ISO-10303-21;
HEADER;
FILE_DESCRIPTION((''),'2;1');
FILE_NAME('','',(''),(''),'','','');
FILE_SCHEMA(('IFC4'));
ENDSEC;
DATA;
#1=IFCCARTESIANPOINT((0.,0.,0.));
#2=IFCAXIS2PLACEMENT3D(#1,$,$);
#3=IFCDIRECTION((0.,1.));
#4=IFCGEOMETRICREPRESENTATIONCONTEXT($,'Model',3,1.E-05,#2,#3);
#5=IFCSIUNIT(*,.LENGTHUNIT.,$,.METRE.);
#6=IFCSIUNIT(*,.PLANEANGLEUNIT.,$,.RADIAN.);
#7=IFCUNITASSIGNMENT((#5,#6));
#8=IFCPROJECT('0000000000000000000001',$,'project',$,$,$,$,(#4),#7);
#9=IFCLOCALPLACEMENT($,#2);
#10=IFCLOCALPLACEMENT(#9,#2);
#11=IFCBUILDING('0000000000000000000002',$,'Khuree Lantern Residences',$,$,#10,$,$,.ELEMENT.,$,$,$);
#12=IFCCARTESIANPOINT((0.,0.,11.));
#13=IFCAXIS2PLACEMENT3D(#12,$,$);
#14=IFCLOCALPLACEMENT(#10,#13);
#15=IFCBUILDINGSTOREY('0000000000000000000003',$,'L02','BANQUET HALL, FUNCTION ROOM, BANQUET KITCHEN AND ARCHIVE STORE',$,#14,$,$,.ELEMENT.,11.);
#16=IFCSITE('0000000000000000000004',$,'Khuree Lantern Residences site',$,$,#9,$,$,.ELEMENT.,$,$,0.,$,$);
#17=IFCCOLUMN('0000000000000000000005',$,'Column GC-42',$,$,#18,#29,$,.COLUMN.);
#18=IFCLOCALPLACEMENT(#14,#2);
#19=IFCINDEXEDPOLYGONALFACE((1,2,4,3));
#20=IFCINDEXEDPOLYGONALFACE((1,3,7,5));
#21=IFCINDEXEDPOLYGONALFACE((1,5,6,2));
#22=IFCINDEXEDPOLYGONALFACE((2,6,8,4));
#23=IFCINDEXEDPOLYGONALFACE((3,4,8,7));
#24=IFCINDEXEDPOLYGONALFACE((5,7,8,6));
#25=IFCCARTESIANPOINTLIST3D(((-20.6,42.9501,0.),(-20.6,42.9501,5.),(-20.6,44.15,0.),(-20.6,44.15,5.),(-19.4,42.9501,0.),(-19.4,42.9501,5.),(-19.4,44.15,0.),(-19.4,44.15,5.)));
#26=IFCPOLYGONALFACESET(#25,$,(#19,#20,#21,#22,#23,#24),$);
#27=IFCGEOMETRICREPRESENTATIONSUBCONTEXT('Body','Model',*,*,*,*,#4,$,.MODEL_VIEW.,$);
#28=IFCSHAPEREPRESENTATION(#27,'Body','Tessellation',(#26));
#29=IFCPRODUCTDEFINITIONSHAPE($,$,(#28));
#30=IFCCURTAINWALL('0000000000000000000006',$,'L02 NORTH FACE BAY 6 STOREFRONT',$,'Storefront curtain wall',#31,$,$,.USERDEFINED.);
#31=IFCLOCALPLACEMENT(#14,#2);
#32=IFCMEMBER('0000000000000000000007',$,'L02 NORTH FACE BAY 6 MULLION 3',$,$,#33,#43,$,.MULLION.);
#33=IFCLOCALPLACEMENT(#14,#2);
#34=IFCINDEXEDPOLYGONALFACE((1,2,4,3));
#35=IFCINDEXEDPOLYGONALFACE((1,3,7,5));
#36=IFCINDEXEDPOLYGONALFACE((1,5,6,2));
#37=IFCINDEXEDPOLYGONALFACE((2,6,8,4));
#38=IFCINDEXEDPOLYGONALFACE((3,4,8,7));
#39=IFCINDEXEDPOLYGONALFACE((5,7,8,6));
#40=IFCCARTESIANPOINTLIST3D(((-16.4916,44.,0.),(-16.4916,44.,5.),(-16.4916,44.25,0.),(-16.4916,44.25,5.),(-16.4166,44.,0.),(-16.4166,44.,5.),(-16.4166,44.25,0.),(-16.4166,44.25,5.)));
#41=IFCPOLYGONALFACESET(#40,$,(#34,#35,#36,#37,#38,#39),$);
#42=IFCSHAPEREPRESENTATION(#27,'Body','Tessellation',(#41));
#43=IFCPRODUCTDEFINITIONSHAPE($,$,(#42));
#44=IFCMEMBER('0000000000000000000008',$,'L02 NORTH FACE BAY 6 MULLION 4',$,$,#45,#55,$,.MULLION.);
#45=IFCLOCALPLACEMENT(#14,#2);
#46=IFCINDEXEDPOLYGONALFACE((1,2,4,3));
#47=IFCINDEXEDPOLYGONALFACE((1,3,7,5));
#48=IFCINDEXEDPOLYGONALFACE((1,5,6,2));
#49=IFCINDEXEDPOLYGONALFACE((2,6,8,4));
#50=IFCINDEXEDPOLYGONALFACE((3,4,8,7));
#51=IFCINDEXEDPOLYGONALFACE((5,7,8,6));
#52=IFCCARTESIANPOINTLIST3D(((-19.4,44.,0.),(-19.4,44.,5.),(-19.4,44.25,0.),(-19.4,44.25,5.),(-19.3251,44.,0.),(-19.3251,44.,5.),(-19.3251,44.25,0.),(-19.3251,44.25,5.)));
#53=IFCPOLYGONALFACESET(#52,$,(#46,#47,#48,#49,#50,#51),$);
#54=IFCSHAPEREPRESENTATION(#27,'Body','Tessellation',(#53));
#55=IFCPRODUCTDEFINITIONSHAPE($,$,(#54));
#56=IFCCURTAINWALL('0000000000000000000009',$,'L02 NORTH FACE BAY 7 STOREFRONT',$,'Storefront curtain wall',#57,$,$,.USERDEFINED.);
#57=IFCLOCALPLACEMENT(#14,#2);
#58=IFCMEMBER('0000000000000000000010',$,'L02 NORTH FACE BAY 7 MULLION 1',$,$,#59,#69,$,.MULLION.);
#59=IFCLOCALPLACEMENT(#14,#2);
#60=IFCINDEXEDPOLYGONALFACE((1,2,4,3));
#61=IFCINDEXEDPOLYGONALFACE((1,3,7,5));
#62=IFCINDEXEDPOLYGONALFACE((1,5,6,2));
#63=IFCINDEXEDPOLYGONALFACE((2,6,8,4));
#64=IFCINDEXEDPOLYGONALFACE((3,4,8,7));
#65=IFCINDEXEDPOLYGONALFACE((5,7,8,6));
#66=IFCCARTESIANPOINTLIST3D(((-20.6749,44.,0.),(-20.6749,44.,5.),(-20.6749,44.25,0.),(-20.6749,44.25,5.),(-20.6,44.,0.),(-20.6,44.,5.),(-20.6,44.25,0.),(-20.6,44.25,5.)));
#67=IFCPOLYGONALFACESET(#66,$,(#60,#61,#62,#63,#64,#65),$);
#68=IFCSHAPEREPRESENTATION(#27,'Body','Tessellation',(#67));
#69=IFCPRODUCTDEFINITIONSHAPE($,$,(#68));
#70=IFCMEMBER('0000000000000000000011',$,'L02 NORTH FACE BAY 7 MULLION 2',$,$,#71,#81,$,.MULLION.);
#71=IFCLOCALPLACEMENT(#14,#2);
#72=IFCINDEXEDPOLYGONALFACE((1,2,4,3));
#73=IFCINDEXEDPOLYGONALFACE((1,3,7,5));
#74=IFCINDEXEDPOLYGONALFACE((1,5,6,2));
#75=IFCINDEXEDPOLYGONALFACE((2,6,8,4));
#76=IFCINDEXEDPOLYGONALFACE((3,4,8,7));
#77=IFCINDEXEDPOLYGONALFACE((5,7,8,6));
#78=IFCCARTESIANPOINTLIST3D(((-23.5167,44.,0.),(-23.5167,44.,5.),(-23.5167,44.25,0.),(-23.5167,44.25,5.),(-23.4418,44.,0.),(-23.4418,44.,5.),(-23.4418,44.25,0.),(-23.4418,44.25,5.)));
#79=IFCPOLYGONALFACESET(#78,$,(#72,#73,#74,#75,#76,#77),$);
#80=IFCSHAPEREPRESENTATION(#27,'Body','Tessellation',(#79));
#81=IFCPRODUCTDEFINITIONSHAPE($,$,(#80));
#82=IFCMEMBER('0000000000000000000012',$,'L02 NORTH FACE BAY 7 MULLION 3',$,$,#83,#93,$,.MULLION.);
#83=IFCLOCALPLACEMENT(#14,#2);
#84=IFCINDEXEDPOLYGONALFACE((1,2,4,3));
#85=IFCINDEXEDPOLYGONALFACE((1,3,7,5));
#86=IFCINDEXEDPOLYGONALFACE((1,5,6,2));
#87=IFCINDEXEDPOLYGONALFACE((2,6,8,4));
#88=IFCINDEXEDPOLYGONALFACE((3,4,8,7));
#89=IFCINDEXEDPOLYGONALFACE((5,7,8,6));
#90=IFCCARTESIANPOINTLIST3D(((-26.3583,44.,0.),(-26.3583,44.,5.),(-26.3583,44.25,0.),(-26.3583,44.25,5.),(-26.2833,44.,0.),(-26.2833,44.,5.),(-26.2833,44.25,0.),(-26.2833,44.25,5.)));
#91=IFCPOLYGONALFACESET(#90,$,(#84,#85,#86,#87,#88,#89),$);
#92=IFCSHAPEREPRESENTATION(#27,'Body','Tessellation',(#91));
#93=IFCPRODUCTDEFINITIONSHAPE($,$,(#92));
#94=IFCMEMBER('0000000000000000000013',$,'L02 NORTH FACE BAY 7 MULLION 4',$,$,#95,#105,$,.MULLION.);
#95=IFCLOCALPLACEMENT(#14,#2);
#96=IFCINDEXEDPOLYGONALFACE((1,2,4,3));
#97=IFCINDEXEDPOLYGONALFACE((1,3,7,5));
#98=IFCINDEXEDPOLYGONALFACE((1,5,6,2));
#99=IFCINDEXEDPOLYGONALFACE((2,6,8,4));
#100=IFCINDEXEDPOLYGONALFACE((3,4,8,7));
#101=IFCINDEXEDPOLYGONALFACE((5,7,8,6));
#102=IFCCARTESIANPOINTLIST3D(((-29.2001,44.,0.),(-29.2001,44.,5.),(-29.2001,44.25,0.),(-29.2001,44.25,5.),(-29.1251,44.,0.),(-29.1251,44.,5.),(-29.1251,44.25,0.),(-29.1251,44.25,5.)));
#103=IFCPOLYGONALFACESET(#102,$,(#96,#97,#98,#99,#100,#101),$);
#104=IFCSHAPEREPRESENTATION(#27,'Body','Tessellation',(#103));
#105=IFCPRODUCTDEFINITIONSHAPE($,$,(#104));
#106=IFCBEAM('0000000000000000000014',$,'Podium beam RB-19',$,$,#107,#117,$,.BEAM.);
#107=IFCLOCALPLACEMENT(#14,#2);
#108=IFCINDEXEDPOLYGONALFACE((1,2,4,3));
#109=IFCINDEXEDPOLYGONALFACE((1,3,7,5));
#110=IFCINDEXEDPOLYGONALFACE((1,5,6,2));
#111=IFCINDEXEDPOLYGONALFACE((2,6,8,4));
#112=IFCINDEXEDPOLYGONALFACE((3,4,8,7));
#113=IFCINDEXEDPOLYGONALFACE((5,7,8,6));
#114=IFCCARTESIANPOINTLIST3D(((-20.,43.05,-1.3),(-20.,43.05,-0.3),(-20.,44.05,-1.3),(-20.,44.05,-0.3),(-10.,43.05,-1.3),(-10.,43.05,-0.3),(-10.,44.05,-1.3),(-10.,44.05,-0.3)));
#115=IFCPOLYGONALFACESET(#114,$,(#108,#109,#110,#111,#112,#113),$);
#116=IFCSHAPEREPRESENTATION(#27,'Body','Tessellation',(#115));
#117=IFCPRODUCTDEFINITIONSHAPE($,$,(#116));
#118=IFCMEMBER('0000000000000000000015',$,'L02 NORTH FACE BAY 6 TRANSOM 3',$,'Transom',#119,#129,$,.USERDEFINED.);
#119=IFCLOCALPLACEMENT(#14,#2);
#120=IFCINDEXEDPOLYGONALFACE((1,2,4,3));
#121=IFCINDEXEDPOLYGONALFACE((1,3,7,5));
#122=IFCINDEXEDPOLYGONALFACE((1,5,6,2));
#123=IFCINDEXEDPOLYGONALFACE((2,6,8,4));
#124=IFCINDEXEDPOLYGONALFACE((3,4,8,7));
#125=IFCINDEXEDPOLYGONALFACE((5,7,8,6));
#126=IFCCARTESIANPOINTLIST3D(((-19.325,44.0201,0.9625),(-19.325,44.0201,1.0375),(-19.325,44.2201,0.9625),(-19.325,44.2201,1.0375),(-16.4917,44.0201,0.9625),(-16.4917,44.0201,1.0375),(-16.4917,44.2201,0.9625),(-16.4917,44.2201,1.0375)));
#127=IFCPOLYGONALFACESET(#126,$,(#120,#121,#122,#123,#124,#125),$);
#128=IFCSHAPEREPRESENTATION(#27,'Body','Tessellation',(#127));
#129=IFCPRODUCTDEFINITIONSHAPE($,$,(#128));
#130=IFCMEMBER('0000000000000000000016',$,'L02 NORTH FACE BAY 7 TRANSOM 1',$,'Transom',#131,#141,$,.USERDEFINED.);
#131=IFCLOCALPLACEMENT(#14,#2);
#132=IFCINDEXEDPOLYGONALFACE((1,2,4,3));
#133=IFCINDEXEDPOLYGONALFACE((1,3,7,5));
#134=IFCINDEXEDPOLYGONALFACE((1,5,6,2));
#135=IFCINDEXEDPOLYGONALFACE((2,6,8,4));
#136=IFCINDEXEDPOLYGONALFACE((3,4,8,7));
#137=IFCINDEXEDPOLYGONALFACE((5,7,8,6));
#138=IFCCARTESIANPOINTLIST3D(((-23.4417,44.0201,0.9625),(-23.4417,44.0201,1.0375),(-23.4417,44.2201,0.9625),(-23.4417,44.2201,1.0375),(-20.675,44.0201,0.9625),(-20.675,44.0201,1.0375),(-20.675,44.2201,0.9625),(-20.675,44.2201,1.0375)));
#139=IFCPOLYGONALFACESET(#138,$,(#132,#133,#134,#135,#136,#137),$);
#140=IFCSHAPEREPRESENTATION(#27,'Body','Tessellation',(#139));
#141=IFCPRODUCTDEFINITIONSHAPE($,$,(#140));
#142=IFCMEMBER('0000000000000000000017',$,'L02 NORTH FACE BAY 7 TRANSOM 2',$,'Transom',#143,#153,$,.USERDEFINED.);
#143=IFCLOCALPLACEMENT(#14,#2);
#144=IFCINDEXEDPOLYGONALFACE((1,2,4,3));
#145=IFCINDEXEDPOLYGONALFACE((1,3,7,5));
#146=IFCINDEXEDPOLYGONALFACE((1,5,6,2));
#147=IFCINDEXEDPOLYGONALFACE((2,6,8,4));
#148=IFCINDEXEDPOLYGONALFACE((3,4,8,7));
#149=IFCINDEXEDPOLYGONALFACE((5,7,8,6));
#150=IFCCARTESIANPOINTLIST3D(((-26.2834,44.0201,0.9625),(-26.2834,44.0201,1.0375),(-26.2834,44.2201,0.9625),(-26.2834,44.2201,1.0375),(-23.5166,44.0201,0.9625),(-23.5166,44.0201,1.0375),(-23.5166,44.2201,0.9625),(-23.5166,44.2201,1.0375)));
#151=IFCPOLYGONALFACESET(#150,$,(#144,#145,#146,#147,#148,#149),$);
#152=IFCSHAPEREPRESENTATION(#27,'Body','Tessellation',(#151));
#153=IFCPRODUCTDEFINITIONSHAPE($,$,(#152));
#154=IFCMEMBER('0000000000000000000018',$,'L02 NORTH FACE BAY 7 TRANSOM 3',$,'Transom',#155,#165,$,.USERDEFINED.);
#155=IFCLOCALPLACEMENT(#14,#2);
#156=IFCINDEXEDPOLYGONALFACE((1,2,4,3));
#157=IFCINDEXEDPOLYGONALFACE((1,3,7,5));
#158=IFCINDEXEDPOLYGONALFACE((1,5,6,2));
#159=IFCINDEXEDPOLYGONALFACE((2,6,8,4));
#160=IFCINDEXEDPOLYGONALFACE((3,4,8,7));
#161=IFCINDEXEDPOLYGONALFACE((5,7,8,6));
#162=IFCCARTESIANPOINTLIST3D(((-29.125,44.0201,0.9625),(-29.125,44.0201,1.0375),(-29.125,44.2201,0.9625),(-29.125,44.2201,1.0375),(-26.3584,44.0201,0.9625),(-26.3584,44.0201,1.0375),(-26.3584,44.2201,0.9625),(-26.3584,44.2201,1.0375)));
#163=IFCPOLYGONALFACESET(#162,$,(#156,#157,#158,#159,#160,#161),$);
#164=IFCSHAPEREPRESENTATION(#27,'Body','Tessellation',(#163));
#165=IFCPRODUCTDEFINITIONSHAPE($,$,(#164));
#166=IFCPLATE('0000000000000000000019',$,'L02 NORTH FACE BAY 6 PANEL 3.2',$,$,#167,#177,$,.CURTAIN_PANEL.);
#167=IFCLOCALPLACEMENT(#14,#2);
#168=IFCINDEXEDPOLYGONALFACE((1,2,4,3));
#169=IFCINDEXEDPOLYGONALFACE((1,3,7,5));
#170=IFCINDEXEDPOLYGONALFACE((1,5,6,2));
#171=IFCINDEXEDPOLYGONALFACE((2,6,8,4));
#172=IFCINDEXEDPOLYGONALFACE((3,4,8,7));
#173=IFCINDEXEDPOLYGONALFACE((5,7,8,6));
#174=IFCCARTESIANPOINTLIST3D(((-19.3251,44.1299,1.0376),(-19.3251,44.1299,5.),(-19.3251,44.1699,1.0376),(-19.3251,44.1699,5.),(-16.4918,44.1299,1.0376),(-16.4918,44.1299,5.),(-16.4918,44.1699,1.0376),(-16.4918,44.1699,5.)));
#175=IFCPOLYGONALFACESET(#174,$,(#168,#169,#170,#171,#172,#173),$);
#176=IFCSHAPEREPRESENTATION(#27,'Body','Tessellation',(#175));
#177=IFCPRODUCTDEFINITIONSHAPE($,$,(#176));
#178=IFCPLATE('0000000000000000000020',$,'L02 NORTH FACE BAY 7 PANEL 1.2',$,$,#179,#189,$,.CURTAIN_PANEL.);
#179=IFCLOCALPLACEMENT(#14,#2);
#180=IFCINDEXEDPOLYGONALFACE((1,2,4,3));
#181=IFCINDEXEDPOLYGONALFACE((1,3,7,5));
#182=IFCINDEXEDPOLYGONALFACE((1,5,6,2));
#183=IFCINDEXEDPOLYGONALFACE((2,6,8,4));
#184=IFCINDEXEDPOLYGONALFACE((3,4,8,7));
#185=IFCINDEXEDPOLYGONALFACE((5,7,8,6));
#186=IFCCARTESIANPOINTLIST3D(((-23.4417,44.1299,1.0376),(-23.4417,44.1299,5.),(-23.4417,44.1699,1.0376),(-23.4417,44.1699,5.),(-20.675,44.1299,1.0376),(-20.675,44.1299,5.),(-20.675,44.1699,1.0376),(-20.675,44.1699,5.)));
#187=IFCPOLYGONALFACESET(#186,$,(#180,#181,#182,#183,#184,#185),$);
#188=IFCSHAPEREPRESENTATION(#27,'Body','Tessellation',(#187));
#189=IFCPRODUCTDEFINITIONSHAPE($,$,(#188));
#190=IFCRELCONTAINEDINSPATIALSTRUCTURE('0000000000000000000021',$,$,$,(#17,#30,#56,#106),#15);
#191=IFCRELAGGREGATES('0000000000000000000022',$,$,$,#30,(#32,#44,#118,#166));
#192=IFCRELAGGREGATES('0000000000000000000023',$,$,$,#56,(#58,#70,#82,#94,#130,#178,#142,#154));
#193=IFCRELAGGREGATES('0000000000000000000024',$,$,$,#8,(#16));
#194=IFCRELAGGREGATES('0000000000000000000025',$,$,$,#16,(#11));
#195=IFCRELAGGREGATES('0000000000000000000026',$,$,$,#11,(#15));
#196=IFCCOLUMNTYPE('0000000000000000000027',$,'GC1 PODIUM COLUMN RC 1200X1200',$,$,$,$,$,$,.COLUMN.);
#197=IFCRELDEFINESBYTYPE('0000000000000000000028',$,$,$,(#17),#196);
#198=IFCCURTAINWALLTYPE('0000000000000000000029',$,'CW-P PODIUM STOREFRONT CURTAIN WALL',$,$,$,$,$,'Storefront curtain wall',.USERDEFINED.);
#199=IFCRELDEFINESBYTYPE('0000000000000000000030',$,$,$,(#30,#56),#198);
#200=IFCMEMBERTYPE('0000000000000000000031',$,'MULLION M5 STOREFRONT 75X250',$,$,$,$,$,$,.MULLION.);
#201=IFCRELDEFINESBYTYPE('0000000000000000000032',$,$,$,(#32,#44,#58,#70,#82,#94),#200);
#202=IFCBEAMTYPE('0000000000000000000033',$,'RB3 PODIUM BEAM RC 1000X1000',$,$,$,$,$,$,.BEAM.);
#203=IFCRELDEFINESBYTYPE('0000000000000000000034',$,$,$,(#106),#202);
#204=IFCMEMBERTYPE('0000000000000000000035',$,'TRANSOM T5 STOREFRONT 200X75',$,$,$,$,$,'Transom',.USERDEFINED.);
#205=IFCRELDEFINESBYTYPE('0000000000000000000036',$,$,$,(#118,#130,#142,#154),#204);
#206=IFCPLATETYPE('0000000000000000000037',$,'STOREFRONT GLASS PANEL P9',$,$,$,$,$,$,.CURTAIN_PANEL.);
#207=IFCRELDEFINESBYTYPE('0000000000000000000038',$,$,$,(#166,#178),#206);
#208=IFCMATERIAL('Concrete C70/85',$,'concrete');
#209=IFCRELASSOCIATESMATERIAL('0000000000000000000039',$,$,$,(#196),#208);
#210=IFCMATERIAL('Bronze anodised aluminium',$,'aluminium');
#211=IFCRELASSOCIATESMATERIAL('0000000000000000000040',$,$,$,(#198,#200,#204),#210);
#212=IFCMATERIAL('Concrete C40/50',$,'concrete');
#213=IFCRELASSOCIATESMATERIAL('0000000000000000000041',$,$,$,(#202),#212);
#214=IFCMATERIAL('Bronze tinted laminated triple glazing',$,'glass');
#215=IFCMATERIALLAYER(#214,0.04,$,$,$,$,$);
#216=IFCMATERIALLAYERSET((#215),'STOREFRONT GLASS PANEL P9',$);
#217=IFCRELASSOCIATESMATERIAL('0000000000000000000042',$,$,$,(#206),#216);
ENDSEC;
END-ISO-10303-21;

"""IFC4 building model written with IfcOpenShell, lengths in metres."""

from ifc_helpers import new_model, si_unit, direction, frame, origin, origin_2d, place, context, subcontext, project, spatial, rectangle, extrude, material, layer, layer_set, material_profile, profile_set, type_object, element, aggregate, save


model = new_model("IFC4")

# Units and contexts
model_context = context("Model", 3, precision=1e-05, world=origin(), true_north=direction((0.0, 1.0)))
body_context = subcontext(model_context, "Body", "Model", "MODEL_VIEW")
ifc_project = project(units=[si_unit("LENGTHUNIT", "METRE"), si_unit("PLANEANGLEUNIT", "RADIAN")], contexts=[model_context])

# Site, building, storey
site_placement = place(None, origin())
site = spatial("IfcSite", under=ifc_project, at=site_placement, Name="Khuree Lantern Residences site", CompositionType="ELEMENT", RefElevation=0.0)
building_placement = place(site_placement, origin())
building = spatial("IfcBuilding", under=site, at=building_placement, Name="Khuree Lantern Residences", CompositionType="ELEMENT")
storey_placement = place(building_placement, frame((0.0, 0.0, 11.0)))
storey = spatial("IfcBuildingStorey", under=building, at=storey_placement, Name="L02", Description="BANQUET HALL, FUNCTION ROOM, BANQUET KITCHEN AND ARCHIVE STORE", CompositionType="ELEMENT", Elevation=11.0)

# Column
ifc_material_1 = material(Name="Concrete C70/85", Category="concrete")
ifc_material_profile_1 = material_profile(ifc_material_1, rectangle(XDim=1.2, YDim=1.2, at=origin_2d()), Name="RC 1200X1200")
ifc_profile_set_1 = profile_set([ifc_material_profile_1], Name="Concrete C70/85")
column_type = type_object("IfcColumnType", Name="GC1 PODIUM COLUMN RC 1200X1200", PredefinedType="COLUMN", material=ifc_profile_set_1)
column_placement = place(storey_placement, frame((-20.0, 43.55, 0.0), z_axis=(0.0, 0.0, 1.0), x_axis=(1.0, 0.0, 0.0)))
element("IfcColumn", 1, at=column_placement, inside=storey, type_object=column_type, Name="Column GC-42", PredefinedType="COLUMN", context=body_context, shape_type="SweptSolid", body=[
    extrude(rectangle(XDim=1.2, YDim=1.2, at=origin_2d()), origin(), (0.0, 0.0, 1.0), 5.0),
])

# Curtain walls, members
ifc_material_2 = material(Name="Bronze anodised aluminium", Category="aluminium")
curtain_wall_type = type_object("IfcCurtainWallType", Name="CW-P PODIUM STOREFRONT CURTAIN WALL", ElementType="Storefront curtain wall", PredefinedType="USERDEFINED", material=ifc_material_2)
curtain_wall_1_placement = place(storey_placement, origin())
curtain_wall_1 = element("IfcCurtainWall", 2, at=curtain_wall_1_placement, inside=storey, type_object=curtain_wall_type, Name="L02 NORTH FACE BAY 6 STOREFRONT", ObjectType="Storefront curtain wall", PredefinedType="USERDEFINED")
ifc_material_profile_2 = material_profile(ifc_material_2, rectangle(XDim=0.075, YDim=0.25, at=origin_2d()), Name="M5 75X250")
ifc_profile_set_2 = profile_set([ifc_material_profile_2], Name="Bronze anodised aluminium")
member_type_1 = type_object("IfcMemberType", Name="MULLION M5 STOREFRONT 75X250", PredefinedType="MULLION", material=ifc_profile_set_2)
member_1_placement = place(storey_placement, frame((-16.4541, 44.125, 0.0), z_axis=(0.0, 0.0, 1.0), x_axis=(-1.0, 0.0, 0.0)))
member_1 = element("IfcMember", 3, at=member_1_placement, type_object=member_type_1, Name="L02 NORTH FACE BAY 6 MULLION 3", PredefinedType="MULLION", context=body_context, shape_type="SweptSolid", body=[
    extrude(rectangle(XDim=0.075, YDim=0.25, at=origin_2d()), origin(), (0.0, 0.0, 1.0), 5.0),
])
member_2_placement = place(storey_placement, frame((-19.3625, 44.125, 0.0), z_axis=(0.0, 0.0, 1.0), x_axis=(-1.0, 0.0, 0.0)))
member_2 = element("IfcMember", 4, at=member_2_placement, type_object=member_type_1, Name="L02 NORTH FACE BAY 6 MULLION 4", PredefinedType="MULLION", context=body_context, shape_type="SweptSolid", body=[
    extrude(rectangle(XDim=0.075, YDim=0.25, at=origin_2d()), origin(), (0.0, 0.0, 1.0), 5.0),
])
curtain_wall_2_placement = place(storey_placement, origin())
curtain_wall_2 = element("IfcCurtainWall", 5, at=curtain_wall_2_placement, inside=storey, type_object=curtain_wall_type, Name="L02 NORTH FACE BAY 7 STOREFRONT", ObjectType="Storefront curtain wall", PredefinedType="USERDEFINED")
member_3_placement = place(storey_placement, frame((-20.6375, 44.125, 0.0), z_axis=(0.0, 0.0, 1.0), x_axis=(-1.0, 0.0, 0.0)))
member_3 = element("IfcMember", 6, at=member_3_placement, type_object=member_type_1, Name="L02 NORTH FACE BAY 7 MULLION 1", PredefinedType="MULLION", context=body_context, shape_type="SweptSolid", body=[
    extrude(rectangle(XDim=0.075, YDim=0.25, at=origin_2d()), origin(), (0.0, 0.0, 1.0), 5.0),
])
member_4_placement = place(storey_placement, frame((-23.4792, 44.125, 0.0), z_axis=(0.0, 0.0, 1.0), x_axis=(-1.0, 0.0, 0.0)))
member_4 = element("IfcMember", 7, at=member_4_placement, type_object=member_type_1, Name="L02 NORTH FACE BAY 7 MULLION 2", PredefinedType="MULLION", context=body_context, shape_type="SweptSolid", body=[
    extrude(rectangle(XDim=0.075, YDim=0.25, at=origin_2d()), origin(), (0.0, 0.0, 1.0), 5.0),
])
member_5_placement = place(storey_placement, frame((-26.3208, 44.125, 0.0), z_axis=(0.0, 0.0, 1.0), x_axis=(-1.0, 0.0, 0.0)))
member_5 = element("IfcMember", 8, at=member_5_placement, type_object=member_type_1, Name="L02 NORTH FACE BAY 7 MULLION 3", PredefinedType="MULLION", context=body_context, shape_type="SweptSolid", body=[
    extrude(rectangle(XDim=0.075, YDim=0.25, at=origin_2d()), origin(), (0.0, 0.0, 1.0), 5.0),
])
member_6_placement = place(storey_placement, frame((-29.1626, 44.125, 0.0), z_axis=(0.0, 0.0, 1.0), x_axis=(-1.0, 0.0, 0.0)))
member_6 = element("IfcMember", 9, at=member_6_placement, type_object=member_type_1, Name="L02 NORTH FACE BAY 7 MULLION 4", PredefinedType="MULLION", context=body_context, shape_type="SweptSolid", body=[
    extrude(rectangle(XDim=0.075, YDim=0.25, at=origin_2d()), origin(), (0.0, 0.0, 1.0), 5.0),
])

# Beam
ifc_material_3 = material(Name="Concrete C40/50", Category="concrete")
ifc_material_profile_3 = material_profile(ifc_material_3, rectangle(XDim=1.0, YDim=1.0, at=origin_2d()), Name="RC 1000X1000")
ifc_profile_set_3 = profile_set([ifc_material_profile_3], Name="Concrete C40/50")
beam_type = type_object("IfcBeamType", Name="RB3 PODIUM BEAM RC 1000X1000", PredefinedType="BEAM", material=ifc_profile_set_3)
beam_placement = place(storey_placement, frame((-20.0, 43.55, -0.8), z_axis=(1.0, 0.0, 0.0), x_axis=(0.0, 1.0, 0.0)))
element("IfcBeam", 10, at=beam_placement, inside=storey, type_object=beam_type, Name="Podium beam RB-19", PredefinedType="BEAM", context=body_context, shape_type="SweptSolid", body=[
    extrude(rectangle(XDim=1.0, YDim=1.0, at=origin_2d()), origin(), (0.0, 0.0, 1.0), 10.0),
])

# Members
ifc_material_profile_4 = material_profile(ifc_material_2, rectangle(XDim=0.2, YDim=0.075, at=origin_2d()), Name="T5 200X75")
ifc_profile_set_4 = profile_set([ifc_material_profile_4], Name="Bronze anodised aluminium")
member_type_2 = type_object("IfcMemberType", Name="TRANSOM T5 STOREFRONT 200X75", ElementType="Transom", PredefinedType="USERDEFINED", material=ifc_profile_set_4)
member_7_placement = place(storey_placement, frame((-16.4917, 44.1201, 1.0), z_axis=(-1.0, 0.0, 0.0), x_axis=(0.0, -1.0, 0.0)))
member_7 = element("IfcMember", 11, at=member_7_placement, type_object=member_type_2, Name="L02 NORTH FACE BAY 6 TRANSOM 3", ObjectType="Transom", PredefinedType="USERDEFINED", context=body_context, shape_type="SweptSolid", body=[
    extrude(rectangle(XDim=0.2, YDim=0.075, at=origin_2d()), origin(), (0.0, 0.0, 1.0), 2.8333),
])
member_8_placement = place(storey_placement, frame((-20.675, 44.1201, 1.0), z_axis=(-1.0, 0.0, 0.0), x_axis=(0.0, -1.0, 0.0)))
member_8 = element("IfcMember", 12, at=member_8_placement, type_object=member_type_2, Name="L02 NORTH FACE BAY 7 TRANSOM 1", ObjectType="Transom", PredefinedType="USERDEFINED", context=body_context, shape_type="SweptSolid", body=[
    extrude(rectangle(XDim=0.2, YDim=0.075, at=origin_2d()), origin(), (0.0, 0.0, 1.0), 2.7666),
])
member_9_placement = place(storey_placement, frame((-23.5166, 44.1201, 1.0), z_axis=(-1.0, 0.0, 0.0), x_axis=(0.0, -1.0, 0.0)))
member_9 = element("IfcMember", 13, at=member_9_placement, type_object=member_type_2, Name="L02 NORTH FACE BAY 7 TRANSOM 2", ObjectType="Transom", PredefinedType="USERDEFINED", context=body_context, shape_type="SweptSolid", body=[
    extrude(rectangle(XDim=0.2, YDim=0.075, at=origin_2d()), origin(), (0.0, 0.0, 1.0), 2.7668),
])
member_10_placement = place(storey_placement, frame((-26.3584, 44.1201, 1.0), z_axis=(-1.0, 0.0, 0.0), x_axis=(0.0, -1.0, 0.0)))
member_10 = element("IfcMember", 14, at=member_10_placement, type_object=member_type_2, Name="L02 NORTH FACE BAY 7 TRANSOM 3", ObjectType="Transom", PredefinedType="USERDEFINED", context=body_context, shape_type="SweptSolid", body=[
    extrude(rectangle(XDim=0.2, YDim=0.075, at=origin_2d()), origin(), (0.0, 0.0, 1.0), 2.7666),
])

# Plates
ifc_material_4 = material(Name="Bronze tinted laminated triple glazing", Category="glass")
ifc_layer_1 = layer(ifc_material_4, 0.04)
ifc_layer_set_1 = layer_set([ifc_layer_1], Name="STOREFRONT GLASS PANEL P9")
plate_type_1 = type_object("IfcPlateType", Name="STOREFRONT GLASS PANEL P9", PredefinedType="CURTAIN_PANEL", material=ifc_layer_set_1)
plate_1_placement = place(storey_placement, frame((-17.9084, 44.1499, 1.0376), z_axis=(0.0, 0.0, 1.0), x_axis=(-1.0, 0.0, 0.0)))
plate_1 = element("IfcPlate", 15, at=plate_1_placement, type_object=plate_type_1, Name="L02 NORTH FACE BAY 6 PANEL 3.2", PredefinedType="CURTAIN_PANEL", context=body_context, shape_type="SweptSolid", body=[
    extrude(rectangle(XDim=2.8333, YDim=0.04, at=origin_2d()), origin(), (0.0, 0.0, 1.0), 3.9624),
])
plate_2_placement = place(storey_placement, frame((-22.0583, 44.1499, 1.0376), z_axis=(0.0, 0.0, 1.0), x_axis=(-1.0, 0.0, 0.0)))
plate_2 = element("IfcPlate", 16, at=plate_2_placement, type_object=plate_type_1, Name="L02 NORTH FACE BAY 7 PANEL 1.2", PredefinedType="CURTAIN_PANEL", context=body_context, shape_type="SweptSolid", body=[
    extrude(rectangle(XDim=2.7666, YDim=0.04, at=origin_2d()), origin(), (0.0, 0.0, 1.0), 3.9624),
])
aggregate(curtain_wall_1, [member_1, member_2, member_7, plate_1])
aggregate(curtain_wall_2, [member_3, member_4, member_5, member_6, member_8, plate_2, member_9, member_10])

save(model, "model.ifc")
